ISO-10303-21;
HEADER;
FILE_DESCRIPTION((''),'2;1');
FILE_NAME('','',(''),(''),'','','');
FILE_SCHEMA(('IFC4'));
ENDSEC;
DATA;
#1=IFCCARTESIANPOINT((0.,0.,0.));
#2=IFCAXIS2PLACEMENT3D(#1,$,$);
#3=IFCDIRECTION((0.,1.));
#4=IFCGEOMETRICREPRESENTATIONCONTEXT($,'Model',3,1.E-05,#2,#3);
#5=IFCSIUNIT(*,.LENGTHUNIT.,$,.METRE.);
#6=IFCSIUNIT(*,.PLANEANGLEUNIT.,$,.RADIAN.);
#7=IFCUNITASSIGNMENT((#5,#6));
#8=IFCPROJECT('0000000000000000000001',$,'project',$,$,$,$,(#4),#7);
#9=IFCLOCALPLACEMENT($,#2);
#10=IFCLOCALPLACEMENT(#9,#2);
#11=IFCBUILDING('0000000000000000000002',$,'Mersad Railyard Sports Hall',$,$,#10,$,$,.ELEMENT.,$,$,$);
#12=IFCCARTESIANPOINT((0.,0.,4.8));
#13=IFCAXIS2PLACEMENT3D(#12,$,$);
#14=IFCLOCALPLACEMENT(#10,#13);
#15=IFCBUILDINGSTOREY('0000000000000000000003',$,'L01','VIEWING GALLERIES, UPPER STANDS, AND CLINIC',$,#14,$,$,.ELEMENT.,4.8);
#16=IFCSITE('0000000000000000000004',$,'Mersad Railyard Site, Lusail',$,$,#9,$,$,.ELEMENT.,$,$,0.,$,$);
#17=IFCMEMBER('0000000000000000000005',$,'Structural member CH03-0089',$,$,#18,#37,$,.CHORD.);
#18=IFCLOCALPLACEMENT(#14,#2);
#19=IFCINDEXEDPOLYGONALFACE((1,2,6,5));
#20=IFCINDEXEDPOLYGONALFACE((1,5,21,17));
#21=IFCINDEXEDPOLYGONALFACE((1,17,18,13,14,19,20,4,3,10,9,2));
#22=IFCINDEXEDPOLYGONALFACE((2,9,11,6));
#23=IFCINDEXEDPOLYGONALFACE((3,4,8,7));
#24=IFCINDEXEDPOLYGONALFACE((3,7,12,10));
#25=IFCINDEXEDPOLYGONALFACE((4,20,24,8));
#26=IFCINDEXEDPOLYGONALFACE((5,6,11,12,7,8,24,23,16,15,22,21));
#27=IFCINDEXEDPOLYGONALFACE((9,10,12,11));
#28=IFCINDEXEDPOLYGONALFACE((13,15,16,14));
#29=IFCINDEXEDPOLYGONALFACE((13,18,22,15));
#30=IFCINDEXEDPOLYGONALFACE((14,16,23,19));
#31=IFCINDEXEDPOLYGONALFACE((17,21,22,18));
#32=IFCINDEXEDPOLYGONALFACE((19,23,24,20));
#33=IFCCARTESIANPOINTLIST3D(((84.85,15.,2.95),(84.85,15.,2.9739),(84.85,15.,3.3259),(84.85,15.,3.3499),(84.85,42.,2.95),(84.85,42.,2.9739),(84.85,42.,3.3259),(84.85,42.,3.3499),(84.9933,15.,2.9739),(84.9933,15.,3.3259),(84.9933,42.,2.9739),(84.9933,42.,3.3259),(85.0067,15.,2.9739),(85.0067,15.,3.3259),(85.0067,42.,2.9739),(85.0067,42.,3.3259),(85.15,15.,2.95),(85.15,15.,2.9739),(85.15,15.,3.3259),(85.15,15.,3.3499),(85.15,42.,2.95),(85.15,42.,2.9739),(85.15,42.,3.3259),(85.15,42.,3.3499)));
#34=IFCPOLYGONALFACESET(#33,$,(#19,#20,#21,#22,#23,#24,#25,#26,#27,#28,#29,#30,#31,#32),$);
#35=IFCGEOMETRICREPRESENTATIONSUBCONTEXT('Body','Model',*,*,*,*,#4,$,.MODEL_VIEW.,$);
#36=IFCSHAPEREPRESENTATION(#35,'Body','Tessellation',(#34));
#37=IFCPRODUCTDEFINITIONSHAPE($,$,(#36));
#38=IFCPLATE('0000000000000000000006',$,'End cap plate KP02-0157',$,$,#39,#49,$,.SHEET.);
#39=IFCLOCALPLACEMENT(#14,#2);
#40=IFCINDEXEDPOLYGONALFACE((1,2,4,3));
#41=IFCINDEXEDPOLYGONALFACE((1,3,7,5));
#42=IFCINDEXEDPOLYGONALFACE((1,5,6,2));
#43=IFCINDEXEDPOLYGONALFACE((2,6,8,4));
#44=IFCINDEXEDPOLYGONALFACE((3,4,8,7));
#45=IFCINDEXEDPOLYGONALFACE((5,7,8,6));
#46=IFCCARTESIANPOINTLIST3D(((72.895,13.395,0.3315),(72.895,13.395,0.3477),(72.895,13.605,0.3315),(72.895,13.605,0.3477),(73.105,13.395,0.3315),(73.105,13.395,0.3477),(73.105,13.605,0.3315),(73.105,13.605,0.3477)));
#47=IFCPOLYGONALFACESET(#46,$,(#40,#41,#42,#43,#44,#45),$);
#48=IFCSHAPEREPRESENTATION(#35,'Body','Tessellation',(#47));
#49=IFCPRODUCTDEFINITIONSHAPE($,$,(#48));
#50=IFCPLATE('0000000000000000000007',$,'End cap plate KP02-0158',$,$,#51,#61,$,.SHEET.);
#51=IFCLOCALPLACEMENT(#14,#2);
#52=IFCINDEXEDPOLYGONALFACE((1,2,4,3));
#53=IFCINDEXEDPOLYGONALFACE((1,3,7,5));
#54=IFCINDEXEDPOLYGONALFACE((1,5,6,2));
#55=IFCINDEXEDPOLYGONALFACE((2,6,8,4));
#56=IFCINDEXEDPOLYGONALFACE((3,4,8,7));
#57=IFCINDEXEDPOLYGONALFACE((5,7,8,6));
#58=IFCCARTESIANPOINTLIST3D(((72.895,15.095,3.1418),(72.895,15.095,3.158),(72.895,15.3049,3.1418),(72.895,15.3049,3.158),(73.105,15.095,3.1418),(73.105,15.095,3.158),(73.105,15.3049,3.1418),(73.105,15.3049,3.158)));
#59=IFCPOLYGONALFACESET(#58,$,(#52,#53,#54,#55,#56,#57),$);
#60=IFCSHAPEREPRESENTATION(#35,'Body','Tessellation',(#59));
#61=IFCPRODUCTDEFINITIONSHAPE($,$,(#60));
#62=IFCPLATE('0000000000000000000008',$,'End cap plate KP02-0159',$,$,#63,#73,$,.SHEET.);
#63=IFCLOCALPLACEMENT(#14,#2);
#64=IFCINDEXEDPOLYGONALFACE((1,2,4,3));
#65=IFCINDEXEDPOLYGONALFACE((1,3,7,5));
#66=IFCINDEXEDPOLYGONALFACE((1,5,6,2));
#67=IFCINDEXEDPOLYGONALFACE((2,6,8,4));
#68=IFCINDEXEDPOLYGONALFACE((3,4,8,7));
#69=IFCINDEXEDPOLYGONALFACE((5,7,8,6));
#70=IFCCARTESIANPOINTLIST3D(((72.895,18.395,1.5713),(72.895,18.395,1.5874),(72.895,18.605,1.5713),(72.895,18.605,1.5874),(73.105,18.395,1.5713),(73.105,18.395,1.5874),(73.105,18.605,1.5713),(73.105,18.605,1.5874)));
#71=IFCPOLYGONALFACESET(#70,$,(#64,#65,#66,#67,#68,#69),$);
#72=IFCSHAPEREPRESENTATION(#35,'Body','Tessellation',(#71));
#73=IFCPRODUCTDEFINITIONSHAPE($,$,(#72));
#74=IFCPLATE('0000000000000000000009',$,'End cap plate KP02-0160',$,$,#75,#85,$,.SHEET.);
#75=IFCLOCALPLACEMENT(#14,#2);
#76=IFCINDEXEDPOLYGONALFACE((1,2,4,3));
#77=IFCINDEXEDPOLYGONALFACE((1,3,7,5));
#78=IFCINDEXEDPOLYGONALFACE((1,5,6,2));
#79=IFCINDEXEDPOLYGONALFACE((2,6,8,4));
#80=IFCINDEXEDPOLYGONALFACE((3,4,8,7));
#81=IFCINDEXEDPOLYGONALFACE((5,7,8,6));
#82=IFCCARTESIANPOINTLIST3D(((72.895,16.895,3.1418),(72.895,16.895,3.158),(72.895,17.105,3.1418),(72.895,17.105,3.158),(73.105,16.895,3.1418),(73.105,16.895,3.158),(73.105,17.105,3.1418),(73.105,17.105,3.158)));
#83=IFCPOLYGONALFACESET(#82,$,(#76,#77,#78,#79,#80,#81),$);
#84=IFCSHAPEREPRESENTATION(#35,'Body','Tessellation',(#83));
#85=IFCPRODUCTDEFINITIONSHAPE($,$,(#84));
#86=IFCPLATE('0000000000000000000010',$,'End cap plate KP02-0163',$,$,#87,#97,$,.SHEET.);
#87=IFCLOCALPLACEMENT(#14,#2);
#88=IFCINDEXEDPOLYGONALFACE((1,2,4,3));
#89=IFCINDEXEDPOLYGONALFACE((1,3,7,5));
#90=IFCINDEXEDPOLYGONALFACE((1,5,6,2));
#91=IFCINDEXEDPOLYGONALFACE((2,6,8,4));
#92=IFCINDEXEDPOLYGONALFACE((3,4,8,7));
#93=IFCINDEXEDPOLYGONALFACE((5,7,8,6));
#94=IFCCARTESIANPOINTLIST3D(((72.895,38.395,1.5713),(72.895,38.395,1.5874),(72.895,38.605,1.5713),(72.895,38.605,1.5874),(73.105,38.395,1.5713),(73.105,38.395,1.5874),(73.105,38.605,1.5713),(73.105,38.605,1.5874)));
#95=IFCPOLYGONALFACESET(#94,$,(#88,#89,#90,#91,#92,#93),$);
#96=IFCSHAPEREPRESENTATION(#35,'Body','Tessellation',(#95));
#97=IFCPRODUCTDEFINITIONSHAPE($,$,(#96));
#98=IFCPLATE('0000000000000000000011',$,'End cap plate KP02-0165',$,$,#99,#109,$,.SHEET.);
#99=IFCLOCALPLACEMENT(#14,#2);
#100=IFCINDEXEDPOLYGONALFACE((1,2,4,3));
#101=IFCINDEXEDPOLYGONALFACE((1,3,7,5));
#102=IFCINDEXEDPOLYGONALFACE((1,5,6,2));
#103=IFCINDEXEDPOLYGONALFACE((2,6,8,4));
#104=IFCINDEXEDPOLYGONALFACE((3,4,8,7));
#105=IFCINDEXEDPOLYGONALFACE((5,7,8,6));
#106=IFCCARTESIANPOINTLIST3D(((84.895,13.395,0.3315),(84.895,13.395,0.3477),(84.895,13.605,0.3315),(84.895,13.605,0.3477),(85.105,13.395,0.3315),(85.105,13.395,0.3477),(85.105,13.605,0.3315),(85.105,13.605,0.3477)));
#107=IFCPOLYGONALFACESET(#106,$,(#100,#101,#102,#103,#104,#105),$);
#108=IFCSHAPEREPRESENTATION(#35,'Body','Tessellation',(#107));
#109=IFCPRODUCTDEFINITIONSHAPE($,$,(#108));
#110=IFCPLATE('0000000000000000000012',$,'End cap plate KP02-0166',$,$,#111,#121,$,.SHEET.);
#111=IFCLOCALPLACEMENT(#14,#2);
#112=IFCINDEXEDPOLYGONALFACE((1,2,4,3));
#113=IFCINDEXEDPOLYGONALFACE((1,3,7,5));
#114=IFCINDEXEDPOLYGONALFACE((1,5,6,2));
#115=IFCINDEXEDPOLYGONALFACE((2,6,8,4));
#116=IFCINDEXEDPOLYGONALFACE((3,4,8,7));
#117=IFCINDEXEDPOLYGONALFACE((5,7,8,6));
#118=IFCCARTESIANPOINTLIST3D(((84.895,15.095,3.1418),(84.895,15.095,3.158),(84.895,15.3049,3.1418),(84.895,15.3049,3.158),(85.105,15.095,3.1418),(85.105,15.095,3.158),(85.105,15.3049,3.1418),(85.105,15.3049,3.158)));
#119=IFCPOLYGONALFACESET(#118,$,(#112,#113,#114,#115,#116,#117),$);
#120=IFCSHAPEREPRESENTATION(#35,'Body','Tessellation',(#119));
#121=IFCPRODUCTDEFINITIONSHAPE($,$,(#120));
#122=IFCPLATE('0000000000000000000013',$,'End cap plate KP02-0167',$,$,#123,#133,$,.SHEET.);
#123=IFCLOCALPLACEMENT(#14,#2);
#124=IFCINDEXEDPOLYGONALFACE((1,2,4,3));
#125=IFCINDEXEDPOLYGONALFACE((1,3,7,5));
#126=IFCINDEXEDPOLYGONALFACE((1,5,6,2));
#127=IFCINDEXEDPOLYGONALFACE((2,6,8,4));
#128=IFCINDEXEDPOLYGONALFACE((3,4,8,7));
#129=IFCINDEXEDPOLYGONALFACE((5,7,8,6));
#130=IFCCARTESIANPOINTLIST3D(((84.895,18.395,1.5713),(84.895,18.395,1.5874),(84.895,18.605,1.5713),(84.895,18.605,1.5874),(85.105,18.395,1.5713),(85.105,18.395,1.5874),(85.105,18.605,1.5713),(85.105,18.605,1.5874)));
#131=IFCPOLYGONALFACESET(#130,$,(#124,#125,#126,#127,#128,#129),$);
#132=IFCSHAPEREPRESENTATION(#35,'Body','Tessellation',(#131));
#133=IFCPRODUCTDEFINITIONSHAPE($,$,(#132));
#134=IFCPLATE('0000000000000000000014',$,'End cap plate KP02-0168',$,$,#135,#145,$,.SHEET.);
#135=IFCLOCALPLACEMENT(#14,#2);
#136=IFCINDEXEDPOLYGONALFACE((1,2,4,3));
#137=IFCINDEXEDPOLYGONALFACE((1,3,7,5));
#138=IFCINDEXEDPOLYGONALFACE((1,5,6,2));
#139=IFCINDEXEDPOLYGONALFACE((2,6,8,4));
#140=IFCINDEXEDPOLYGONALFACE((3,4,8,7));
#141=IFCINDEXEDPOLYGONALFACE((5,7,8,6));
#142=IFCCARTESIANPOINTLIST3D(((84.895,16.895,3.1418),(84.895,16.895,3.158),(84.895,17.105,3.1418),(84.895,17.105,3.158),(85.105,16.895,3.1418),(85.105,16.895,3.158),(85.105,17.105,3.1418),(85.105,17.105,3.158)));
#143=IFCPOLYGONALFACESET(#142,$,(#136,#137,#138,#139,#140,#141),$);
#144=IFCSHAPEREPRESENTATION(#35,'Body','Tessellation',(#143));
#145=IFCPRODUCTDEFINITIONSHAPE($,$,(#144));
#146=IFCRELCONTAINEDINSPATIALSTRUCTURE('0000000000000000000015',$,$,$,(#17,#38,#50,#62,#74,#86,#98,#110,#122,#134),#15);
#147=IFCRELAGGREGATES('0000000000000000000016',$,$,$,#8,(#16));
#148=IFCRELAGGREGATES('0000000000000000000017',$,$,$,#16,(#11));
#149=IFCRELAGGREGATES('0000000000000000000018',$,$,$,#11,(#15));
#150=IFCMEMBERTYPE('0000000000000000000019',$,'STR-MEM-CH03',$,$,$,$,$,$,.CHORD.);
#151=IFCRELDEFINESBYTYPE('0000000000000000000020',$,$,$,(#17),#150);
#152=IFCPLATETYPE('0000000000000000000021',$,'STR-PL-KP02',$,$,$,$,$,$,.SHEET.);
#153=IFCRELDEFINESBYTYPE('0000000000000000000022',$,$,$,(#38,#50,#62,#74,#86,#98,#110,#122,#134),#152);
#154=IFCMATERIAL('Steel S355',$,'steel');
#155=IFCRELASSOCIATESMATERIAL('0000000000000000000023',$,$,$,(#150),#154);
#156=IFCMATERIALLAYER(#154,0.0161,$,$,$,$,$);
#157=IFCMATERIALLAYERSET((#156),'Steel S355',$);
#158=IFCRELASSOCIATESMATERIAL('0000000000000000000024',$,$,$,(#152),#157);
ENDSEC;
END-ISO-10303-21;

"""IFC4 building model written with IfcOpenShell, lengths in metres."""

from ifc_helpers import new_model, si_unit, direction, frame, origin, origin_2d, place, context, subcontext, project, spatial, rectangle, i_section, extrude, material, layer, layer_set, material_profile, profile_set, type_object, element, save


model = new_model("IFC4")

# Units and contexts
model_context = context("Model", 3, precision=1e-05, world=origin(), true_north=direction((0.0, 1.0)))
body_context = subcontext(model_context, "Body", "Model", "MODEL_VIEW")
ifc_project = project(units=[si_unit("LENGTHUNIT", "METRE"), si_unit("PLANEANGLEUNIT", "RADIAN")], contexts=[model_context])

# Site, building, storey
site_placement = place(None, origin())
site = spatial("IfcSite", under=ifc_project, at=site_placement, Name="Mersad Railyard Site, Lusail", CompositionType="ELEMENT", RefElevation=0.0)
building_placement = place(site_placement, origin())
building = spatial("IfcBuilding", under=site, at=building_placement, Name="Mersad Railyard Sports Hall", CompositionType="ELEMENT")
storey_placement = place(building_placement, frame((0.0, 0.0, 4.8)))
storey = spatial("IfcBuildingStorey", under=building, at=storey_placement, Name="L01", Description="VIEWING GALLERIES, UPPER STANDS, AND CLINIC", CompositionType="ELEMENT", Elevation=4.8)

# Member
ifc_material_1 = material(Name="Steel S355", Category="steel")
ifc_material_profile_1 = material_profile(ifc_material_1, i_section(OverallWidth=0.3, OverallDepth=0.3999, WebThickness=0.0134, FlangeThickness=0.0239, at=origin_2d()), Name="HEB 400")
ifc_profile_set_1 = profile_set([ifc_material_profile_1], Name="Steel S355")
member_type_1 = type_object("IfcMemberType", Name="STR-MEM-CH03", PredefinedType="CHORD", material=ifc_profile_set_1)
for number, where, z_axis, x_axis, name in (
    (1, (85.0, 15.0, 3.1499), (0.0, 1.0, 0.0), (-1.0, 0.0, 0.0), "Structural member CH03-0089"),
):
    element("IfcMember", number, at=place(storey_placement, frame(where, z_axis=z_axis, x_axis=x_axis)), inside=storey, type_object=member_type_1, Name=name, PredefinedType="CHORD", context=body_context, shape_type="SweptSolid", body=[
        extrude(i_section(OverallWidth=0.3, OverallDepth=0.3999, WebThickness=0.0134, FlangeThickness=0.0239, at=origin_2d()), origin(), (0.0, 0.0, 1.0), 27.0),
    ])

# Plates
ifc_layer = layer(ifc_material_1, 0.0161)
ifc_layer_set = layer_set([ifc_layer], Name="Steel S355")
plate_type = type_object("IfcPlateType", Name="STR-PL-KP02", PredefinedType="SHEET", material=ifc_layer_set)
for number, where, z_axis, x_axis, name in (
    (2, (73.0, 13.5, 0.3315), (0.0, 0.0, 1.0), (1.0, 0.0, 0.0), "End cap plate KP02-0157"),
    (3, (73.0, 15.2, 3.1418), (0.0, 0.0, 1.0), (1.0, 0.0, 0.0), "End cap plate KP02-0158"),
    (4, (73.0, 18.5, 1.5713), (0.0, 0.0, 1.0), (1.0, 0.0, 0.0), "End cap plate KP02-0159"),
    (5, (73.0, 17.0, 3.1418), (0.0, 0.0, 1.0), (1.0, 0.0, 0.0), "End cap plate KP02-0160"),
    (6, (73.0, 38.5, 1.5713), (0.0, 0.0, 1.0), (1.0, 0.0, 0.0), "End cap plate KP02-0163"),
    (7, (85.0, 13.5, 0.3315), (0.0, 0.0, 1.0), (1.0, 0.0, 0.0), "End cap plate KP02-0165"),
    (8, (85.0, 15.2, 3.1418), (0.0, 0.0, 1.0), (1.0, 0.0, 0.0), "End cap plate KP02-0166"),
    (9, (85.0, 18.5, 1.5713), (0.0, 0.0, 1.0), (1.0, 0.0, 0.0), "End cap plate KP02-0167"),
    (10, (85.0, 17.0, 3.1418), (0.0, 0.0, 1.0), (1.0, 0.0, 0.0), "End cap plate KP02-0168"),
):
    element("IfcPlate", number, at=place(storey_placement, frame(where, z_axis=z_axis, x_axis=x_axis)), inside=storey, type_object=plate_type, Name=name, PredefinedType="SHEET", context=body_context, shape_type="SweptSolid", body=[
        extrude(rectangle(XDim=0.21, YDim=0.21, at=origin_2d()), origin(), (0.0, 0.0, 1.0), 0.0161),
    ])

save(model, "model.ifc")
